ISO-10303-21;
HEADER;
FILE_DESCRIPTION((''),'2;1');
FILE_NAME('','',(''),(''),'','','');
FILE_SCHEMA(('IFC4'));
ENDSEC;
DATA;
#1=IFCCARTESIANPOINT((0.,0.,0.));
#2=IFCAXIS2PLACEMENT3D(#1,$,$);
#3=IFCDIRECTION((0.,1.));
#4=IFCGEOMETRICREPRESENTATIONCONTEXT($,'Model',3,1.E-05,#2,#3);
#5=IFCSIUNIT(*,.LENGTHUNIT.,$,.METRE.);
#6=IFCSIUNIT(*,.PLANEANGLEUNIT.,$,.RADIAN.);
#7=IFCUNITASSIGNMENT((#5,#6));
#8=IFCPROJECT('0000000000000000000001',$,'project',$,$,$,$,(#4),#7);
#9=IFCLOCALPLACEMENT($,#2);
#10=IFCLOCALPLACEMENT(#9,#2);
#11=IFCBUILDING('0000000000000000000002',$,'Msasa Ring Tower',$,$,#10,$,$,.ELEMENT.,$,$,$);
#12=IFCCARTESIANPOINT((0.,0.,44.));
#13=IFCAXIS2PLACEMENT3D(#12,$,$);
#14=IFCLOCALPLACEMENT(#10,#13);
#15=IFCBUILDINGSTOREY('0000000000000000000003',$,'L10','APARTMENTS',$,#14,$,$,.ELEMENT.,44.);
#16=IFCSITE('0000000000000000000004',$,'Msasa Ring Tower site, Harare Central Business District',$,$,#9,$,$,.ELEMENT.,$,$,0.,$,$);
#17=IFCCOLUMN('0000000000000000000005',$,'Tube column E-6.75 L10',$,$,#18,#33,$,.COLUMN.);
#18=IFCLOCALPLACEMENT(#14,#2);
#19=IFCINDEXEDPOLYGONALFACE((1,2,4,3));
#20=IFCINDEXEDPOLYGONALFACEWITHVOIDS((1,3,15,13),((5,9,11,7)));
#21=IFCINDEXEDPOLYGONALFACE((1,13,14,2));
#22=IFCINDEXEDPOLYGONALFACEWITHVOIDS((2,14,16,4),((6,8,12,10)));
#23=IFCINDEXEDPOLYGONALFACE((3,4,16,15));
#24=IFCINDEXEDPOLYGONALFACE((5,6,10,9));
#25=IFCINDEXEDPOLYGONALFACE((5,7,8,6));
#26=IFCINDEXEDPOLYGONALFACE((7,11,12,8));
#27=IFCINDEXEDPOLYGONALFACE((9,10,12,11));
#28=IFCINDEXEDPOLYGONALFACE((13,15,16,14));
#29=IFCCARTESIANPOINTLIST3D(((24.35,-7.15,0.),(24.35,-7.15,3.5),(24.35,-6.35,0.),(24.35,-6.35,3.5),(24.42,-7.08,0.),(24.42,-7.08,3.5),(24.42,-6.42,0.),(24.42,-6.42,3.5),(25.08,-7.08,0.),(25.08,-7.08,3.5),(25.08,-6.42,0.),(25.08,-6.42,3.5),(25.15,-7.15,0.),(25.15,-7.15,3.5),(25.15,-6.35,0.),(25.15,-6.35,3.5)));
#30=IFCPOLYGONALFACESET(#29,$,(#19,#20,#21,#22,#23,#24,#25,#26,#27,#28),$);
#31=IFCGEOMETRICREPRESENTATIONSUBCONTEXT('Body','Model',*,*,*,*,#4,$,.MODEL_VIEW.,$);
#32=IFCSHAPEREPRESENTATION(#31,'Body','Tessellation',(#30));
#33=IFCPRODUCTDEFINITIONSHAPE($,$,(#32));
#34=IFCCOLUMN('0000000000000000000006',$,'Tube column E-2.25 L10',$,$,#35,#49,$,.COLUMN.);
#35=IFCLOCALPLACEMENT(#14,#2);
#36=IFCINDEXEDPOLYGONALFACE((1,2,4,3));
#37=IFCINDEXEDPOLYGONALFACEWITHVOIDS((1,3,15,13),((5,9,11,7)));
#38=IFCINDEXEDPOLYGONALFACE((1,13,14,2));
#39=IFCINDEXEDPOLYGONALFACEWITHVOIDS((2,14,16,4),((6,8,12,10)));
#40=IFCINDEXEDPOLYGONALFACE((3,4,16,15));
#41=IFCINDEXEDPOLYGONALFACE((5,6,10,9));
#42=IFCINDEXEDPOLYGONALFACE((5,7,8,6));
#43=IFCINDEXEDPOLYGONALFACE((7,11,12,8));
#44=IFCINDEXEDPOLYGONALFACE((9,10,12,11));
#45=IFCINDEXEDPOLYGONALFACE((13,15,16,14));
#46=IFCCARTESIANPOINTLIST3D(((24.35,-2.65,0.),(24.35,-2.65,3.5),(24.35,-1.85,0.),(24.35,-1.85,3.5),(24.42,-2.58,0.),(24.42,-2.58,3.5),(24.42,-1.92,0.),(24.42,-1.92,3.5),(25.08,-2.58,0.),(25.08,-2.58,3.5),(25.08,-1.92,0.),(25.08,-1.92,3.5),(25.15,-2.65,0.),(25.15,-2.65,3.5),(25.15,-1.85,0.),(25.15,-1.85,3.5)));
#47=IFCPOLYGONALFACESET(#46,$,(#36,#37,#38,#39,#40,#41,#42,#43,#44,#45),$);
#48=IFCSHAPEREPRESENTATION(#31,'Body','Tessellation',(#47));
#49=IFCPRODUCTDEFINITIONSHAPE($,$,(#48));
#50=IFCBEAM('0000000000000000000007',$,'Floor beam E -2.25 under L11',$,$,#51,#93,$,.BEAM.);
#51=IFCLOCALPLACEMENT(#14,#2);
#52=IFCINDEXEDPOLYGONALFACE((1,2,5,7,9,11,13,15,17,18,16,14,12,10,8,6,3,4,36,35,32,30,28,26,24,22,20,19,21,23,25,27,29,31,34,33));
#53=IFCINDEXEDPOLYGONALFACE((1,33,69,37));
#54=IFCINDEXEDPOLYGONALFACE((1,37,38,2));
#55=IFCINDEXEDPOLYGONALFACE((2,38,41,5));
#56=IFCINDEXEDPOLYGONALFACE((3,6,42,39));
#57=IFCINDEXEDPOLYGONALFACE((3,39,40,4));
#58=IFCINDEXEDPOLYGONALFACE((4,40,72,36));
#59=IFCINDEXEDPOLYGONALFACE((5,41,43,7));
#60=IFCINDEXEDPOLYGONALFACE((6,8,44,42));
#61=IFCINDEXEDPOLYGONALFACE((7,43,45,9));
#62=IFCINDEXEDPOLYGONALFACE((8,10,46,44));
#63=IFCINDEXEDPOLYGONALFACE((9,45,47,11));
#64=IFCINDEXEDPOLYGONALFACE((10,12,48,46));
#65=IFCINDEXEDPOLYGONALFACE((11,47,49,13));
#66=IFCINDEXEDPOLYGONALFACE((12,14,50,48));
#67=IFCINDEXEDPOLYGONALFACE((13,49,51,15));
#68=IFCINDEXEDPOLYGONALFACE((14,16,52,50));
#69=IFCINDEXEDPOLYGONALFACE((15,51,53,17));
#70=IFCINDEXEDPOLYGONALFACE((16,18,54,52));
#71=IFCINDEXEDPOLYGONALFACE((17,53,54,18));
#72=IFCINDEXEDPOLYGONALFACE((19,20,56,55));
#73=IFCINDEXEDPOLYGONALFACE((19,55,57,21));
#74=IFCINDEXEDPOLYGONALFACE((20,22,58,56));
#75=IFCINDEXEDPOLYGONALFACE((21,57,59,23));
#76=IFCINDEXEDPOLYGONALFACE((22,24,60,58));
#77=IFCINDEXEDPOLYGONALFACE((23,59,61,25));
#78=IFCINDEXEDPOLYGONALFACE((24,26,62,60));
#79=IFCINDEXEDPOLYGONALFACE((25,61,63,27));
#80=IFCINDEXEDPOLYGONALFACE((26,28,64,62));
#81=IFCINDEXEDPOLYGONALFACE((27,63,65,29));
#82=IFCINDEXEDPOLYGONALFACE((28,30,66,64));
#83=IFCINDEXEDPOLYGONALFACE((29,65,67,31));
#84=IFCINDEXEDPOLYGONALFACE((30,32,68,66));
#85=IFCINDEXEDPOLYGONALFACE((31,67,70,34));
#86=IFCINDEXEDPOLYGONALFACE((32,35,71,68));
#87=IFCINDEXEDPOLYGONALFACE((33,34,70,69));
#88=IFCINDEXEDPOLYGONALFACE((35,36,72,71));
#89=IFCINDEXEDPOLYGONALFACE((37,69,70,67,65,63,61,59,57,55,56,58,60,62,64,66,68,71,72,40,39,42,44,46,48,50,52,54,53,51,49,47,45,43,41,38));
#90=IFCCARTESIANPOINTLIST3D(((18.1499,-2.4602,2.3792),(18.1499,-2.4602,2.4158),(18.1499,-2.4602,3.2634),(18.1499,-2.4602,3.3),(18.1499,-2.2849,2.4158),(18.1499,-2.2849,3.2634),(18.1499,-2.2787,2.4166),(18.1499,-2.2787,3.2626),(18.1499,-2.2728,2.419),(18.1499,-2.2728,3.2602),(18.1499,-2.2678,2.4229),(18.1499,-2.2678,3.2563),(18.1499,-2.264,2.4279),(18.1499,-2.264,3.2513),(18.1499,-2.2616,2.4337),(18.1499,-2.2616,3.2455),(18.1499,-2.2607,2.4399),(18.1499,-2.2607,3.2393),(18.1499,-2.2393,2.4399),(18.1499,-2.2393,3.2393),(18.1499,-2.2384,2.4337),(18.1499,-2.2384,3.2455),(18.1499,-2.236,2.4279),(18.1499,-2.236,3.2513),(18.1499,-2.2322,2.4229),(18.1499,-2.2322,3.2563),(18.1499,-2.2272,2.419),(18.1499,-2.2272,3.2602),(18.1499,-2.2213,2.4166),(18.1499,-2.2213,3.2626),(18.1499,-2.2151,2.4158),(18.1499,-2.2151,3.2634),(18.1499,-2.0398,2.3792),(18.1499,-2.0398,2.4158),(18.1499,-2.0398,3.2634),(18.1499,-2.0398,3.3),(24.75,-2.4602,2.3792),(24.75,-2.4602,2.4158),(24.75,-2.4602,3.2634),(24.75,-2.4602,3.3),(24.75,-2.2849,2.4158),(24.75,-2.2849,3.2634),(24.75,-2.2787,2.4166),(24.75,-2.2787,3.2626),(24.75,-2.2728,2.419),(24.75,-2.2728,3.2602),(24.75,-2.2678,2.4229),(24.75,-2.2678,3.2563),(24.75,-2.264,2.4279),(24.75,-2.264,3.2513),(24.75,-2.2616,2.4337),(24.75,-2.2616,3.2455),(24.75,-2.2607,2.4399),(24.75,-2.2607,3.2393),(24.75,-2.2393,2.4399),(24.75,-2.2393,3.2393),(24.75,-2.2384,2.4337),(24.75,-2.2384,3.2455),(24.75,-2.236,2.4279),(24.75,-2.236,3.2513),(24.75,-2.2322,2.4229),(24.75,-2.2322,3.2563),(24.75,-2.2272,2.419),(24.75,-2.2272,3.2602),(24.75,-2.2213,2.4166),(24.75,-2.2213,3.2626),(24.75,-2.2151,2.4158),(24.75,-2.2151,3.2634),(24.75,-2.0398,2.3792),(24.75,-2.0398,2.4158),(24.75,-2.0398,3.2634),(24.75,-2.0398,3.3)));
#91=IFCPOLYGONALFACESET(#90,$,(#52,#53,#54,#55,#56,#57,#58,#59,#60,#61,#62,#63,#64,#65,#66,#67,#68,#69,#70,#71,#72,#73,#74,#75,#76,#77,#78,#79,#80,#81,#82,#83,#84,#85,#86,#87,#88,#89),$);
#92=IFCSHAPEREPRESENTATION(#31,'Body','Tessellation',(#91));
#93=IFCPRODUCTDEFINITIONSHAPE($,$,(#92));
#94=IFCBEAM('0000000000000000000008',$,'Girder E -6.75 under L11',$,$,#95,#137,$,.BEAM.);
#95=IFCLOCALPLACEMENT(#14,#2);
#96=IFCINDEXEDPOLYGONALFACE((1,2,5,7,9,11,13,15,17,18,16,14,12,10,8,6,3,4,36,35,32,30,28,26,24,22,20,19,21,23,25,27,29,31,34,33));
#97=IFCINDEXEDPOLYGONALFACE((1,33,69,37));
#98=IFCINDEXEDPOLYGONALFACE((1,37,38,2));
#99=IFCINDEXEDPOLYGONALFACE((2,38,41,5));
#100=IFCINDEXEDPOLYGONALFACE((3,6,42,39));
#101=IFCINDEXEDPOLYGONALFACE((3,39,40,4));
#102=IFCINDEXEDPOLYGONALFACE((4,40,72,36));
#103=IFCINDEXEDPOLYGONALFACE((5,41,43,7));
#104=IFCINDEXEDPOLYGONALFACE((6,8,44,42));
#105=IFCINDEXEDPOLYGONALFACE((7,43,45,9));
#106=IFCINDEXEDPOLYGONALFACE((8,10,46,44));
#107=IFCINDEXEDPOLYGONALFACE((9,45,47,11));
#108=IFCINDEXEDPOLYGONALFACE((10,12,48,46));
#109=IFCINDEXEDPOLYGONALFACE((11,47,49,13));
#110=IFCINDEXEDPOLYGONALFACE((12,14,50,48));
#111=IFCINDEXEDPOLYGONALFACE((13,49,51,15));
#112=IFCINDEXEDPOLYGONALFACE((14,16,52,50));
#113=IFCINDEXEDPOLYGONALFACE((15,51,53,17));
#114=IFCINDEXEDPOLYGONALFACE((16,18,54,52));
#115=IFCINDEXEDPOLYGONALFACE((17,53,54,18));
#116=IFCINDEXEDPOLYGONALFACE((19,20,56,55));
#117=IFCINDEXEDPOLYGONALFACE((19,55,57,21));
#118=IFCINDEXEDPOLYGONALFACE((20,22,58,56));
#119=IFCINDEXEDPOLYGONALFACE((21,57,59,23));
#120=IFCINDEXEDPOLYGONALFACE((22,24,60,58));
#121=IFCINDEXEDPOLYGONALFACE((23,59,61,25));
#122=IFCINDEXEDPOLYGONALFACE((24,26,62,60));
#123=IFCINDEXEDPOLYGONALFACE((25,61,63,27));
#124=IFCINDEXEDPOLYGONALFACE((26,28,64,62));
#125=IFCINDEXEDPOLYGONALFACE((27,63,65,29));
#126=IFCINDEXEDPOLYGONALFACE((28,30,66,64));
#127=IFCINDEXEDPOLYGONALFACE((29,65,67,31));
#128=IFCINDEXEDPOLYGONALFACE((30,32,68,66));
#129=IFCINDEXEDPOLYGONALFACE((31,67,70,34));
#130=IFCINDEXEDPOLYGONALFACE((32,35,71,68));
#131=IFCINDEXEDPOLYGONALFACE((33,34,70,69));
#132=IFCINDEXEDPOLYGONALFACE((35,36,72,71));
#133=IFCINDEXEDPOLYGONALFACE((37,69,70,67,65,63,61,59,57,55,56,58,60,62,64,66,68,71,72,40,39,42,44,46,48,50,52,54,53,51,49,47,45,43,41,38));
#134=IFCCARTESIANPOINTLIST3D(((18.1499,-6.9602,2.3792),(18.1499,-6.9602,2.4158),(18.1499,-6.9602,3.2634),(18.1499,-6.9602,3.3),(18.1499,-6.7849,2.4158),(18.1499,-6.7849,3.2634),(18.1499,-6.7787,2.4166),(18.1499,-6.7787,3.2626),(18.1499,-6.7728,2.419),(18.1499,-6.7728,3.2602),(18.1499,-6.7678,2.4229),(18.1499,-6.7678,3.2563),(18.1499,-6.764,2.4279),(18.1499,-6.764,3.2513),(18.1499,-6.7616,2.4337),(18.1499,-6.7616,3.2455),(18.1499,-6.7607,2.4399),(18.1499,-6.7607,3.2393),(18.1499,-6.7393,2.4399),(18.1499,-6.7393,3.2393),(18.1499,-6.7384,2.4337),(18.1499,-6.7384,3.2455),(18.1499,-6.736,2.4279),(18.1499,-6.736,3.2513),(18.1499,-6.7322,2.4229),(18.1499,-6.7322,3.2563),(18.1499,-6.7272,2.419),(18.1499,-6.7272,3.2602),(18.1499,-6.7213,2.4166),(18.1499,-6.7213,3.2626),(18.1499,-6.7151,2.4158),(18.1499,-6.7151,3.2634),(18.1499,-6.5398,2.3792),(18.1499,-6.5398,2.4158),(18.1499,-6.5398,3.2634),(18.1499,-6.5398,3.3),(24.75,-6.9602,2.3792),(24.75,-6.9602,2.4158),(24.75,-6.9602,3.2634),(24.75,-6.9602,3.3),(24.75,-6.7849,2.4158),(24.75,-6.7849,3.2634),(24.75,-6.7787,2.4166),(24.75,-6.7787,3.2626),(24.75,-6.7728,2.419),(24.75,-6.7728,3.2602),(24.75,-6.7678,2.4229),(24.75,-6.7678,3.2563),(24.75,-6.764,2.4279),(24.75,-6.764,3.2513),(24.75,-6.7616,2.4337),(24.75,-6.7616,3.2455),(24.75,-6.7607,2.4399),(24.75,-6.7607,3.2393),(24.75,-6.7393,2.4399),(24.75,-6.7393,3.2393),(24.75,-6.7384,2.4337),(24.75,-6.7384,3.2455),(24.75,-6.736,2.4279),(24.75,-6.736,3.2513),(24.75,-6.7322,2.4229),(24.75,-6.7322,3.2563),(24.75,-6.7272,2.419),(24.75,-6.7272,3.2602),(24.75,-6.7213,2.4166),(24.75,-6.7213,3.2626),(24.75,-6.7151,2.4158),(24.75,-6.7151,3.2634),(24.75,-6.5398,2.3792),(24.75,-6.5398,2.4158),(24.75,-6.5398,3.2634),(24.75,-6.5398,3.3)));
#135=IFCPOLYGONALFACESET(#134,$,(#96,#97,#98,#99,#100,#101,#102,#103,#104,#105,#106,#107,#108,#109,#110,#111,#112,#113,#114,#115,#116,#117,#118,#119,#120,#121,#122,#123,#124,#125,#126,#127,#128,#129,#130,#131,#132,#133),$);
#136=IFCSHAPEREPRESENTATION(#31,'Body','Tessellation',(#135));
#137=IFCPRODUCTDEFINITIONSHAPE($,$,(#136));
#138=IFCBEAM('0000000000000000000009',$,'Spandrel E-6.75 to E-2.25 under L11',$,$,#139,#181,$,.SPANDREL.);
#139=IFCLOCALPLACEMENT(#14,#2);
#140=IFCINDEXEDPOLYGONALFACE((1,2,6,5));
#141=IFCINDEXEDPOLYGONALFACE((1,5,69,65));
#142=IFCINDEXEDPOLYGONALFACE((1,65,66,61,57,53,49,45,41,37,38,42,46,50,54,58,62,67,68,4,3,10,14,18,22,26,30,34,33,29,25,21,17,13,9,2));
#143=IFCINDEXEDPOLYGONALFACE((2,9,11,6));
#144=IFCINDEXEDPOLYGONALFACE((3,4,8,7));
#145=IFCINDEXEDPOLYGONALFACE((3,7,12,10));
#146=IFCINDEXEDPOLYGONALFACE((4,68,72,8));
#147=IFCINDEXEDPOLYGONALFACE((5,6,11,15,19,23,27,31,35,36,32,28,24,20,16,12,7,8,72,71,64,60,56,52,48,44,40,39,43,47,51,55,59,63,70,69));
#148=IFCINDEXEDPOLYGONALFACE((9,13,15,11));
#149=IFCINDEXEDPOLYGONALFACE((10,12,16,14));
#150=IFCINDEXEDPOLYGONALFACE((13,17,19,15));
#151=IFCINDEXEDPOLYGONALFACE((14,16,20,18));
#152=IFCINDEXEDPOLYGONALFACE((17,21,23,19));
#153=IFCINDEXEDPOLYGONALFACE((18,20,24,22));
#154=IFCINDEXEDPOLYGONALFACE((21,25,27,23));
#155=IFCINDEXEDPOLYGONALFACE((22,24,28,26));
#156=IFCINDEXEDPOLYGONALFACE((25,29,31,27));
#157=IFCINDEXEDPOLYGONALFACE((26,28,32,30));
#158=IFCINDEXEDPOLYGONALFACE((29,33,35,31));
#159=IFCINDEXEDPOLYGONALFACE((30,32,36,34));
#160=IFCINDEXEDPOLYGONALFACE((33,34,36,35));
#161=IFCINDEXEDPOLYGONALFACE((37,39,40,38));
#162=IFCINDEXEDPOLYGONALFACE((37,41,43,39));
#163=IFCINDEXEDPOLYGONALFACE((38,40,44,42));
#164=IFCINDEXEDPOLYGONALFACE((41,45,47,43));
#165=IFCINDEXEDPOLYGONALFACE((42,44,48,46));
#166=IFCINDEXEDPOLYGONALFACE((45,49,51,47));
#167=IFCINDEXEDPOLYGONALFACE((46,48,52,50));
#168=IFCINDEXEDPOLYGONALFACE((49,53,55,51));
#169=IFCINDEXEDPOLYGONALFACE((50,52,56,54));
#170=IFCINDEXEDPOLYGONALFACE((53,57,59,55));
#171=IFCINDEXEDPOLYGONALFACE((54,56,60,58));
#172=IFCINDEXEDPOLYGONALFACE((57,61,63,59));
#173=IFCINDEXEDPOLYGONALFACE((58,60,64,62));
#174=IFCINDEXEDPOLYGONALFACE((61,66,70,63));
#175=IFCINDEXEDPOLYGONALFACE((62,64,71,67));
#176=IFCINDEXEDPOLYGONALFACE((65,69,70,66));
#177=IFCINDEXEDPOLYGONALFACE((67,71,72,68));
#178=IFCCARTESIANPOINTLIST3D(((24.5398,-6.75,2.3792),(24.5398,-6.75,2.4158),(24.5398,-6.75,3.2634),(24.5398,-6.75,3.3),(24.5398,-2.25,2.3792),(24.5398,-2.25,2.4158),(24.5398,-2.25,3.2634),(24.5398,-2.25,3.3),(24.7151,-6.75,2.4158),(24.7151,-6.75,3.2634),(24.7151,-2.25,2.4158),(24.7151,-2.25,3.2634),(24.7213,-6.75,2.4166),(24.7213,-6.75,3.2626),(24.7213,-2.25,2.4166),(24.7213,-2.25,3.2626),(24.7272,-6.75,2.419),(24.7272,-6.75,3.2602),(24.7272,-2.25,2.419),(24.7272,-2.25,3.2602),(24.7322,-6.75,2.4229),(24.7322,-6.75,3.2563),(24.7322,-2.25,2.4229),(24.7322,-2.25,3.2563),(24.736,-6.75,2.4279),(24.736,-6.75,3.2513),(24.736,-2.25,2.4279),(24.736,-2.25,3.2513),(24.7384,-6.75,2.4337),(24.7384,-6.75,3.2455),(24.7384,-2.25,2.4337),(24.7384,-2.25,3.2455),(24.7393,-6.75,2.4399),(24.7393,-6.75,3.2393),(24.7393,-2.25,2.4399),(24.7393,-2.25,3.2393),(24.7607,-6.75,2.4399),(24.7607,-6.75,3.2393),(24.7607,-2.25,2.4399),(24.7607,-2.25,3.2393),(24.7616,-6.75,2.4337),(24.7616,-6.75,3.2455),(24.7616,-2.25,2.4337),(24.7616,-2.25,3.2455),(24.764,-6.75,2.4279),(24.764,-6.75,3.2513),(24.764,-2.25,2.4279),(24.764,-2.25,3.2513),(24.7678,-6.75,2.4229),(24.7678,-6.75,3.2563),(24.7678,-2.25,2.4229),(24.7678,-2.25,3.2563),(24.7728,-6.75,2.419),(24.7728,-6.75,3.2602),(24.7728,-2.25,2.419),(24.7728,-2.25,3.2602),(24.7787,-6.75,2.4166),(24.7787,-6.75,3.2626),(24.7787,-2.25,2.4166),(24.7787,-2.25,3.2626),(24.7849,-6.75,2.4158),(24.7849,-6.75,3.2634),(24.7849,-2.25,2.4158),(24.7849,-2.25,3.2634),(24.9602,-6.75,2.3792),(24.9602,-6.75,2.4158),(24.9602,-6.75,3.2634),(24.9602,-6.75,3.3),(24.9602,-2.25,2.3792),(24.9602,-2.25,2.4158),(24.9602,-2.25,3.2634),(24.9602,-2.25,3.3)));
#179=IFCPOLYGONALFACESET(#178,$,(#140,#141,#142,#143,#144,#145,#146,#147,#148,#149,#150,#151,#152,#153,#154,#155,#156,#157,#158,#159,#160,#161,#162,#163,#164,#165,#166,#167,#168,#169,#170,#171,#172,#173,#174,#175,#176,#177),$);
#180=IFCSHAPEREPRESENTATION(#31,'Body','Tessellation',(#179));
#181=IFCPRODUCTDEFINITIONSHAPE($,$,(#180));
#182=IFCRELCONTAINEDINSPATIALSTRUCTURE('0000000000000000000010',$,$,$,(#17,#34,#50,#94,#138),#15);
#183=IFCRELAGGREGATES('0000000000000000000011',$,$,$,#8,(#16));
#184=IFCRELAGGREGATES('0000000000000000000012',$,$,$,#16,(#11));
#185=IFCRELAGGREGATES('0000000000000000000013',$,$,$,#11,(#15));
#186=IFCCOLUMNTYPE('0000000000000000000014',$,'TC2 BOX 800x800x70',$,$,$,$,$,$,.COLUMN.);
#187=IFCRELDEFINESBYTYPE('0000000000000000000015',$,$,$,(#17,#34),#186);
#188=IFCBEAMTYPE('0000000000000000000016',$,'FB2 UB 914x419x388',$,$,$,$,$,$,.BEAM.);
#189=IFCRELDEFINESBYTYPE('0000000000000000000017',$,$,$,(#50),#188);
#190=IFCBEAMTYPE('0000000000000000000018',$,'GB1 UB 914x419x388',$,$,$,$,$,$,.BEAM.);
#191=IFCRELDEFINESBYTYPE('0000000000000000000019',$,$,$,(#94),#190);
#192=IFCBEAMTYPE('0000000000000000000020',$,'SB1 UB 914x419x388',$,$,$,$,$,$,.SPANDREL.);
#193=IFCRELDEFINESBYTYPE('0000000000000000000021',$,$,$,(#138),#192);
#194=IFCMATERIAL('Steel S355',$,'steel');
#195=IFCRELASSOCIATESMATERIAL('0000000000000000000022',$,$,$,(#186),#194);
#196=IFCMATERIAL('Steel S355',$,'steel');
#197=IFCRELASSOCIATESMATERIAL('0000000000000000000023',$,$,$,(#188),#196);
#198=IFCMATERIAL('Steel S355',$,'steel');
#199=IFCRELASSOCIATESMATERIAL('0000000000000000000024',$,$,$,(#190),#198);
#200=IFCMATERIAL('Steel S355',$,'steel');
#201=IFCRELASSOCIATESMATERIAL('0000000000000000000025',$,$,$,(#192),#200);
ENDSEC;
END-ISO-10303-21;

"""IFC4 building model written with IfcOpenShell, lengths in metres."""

from ifc_helpers import new_model, si_unit, direction, frame, origin, origin_2d, place, context, subcontext, project, spatial, hollow_rectangle, i_section, extrude, material, material_profile, profile_set, type_object, element, save


model = new_model("IFC4")

# Units and contexts
model_context = context("Model", 3, precision=1e-05, world=origin(), true_north=direction((0.0, 1.0)))
body_context = subcontext(model_context, "Body", "Model", "MODEL_VIEW")
ifc_project = project(units=[si_unit("LENGTHUNIT", "METRE"), si_unit("PLANEANGLEUNIT", "RADIAN")], contexts=[model_context])

# Site, building, storey
site_placement = place(None, origin())
site = spatial("IfcSite", under=ifc_project, at=site_placement, Name="Msasa Ring Tower site, Harare Central Business District", CompositionType="ELEMENT", RefElevation=0.0)
building_placement = place(site_placement, origin())
building = spatial("IfcBuilding", under=site, at=building_placement, Name="Msasa Ring Tower", CompositionType="ELEMENT")
storey_placement = place(building_placement, frame((0.0, 0.0, 44.0)))
storey = spatial("IfcBuildingStorey", under=building, at=storey_placement, Name="L10", Description="APARTMENTS", CompositionType="ELEMENT", Elevation=44.0)

# Columns
ifc_material_1 = material(Name="Steel S355", Category="steel")
ifc_material_profile_1 = material_profile(ifc_material_1, hollow_rectangle(XDim=0.8, YDim=0.8, WallThickness=0.0701, at=origin_2d()), Name="BOX 800x800x70")
ifc_profile_set_1 = profile_set([ifc_material_profile_1], Name="Steel S355")
column_type = type_object("IfcColumnType", Name="TC2 BOX 800x800x70", PredefinedType="COLUMN", material=ifc_profile_set_1)
for number, where, z_axis, x_axis, name in (
    (1, (24.75, -6.75, 0.0), (0.0, 0.0, 1.0), (1.0, 0.0, 0.0), "Tube column E-6.75 L10"),
    (2, (24.75, -2.25, 0.0), (0.0, 0.0, 1.0), (1.0, 0.0, 0.0), "Tube column E-2.25 L10"),
):
    element("IfcColumn", number, at=place(storey_placement, frame(where, z_axis=z_axis, x_axis=x_axis)), inside=storey, type_object=column_type, Name=name, PredefinedType="COLUMN", context=body_context, shape_type="SweptSolid", body=[
        extrude(hollow_rectangle(XDim=0.8, YDim=0.8, WallThickness=0.0701, at=origin_2d()), origin(), (0.0, 0.0, 1.0), 3.5),
    ])

# Beams
ifc_material_2 = material(Name="Steel S355", Category="steel")
ifc_material_profile_2 = material_profile(ifc_material_2, i_section(OverallWidth=0.4204, OverallDepth=0.9209, WebThickness=0.0215, FlangeThickness=0.0366, FilletRadius=0.0242, at=origin_2d()), Name="UB 914x419x388")
ifc_profile_set_2 = profile_set([ifc_material_profile_2], Name="Steel S355")
beam_type_1 = type_object("IfcBeamType", Name="FB2 UB 914x419x388", PredefinedType="BEAM", material=ifc_profile_set_2)
beam_1_placement = place(storey_placement, frame((24.75, -2.25, 2.8396), z_axis=(-1.0, 0.0, 0.0), x_axis=(0.0, -1.0, 0.0)))
element("IfcBeam", 3, at=beam_1_placement, inside=storey, type_object=beam_type_1, Name="Floor beam E -2.25 under L11", PredefinedType="BEAM", context=body_context, shape_type="SweptSolid", body=[
    extrude(i_section(OverallWidth=0.4204, OverallDepth=0.9209, WebThickness=0.0215, FlangeThickness=0.0366, FilletRadius=0.0242, at=origin_2d()), origin(), (0.0, 0.0, 1.0), 6.6001),
])
ifc_material_3 = material(Name="Steel S355", Category="steel")
ifc_material_profile_3 = material_profile(ifc_material_3, i_section(OverallWidth=0.4204, OverallDepth=0.9209, WebThickness=0.0215, FlangeThickness=0.0366, FilletRadius=0.0242, at=origin_2d()), Name="UB 914x419x388")
ifc_profile_set_3 = profile_set([ifc_material_profile_3], Name="Steel S355")
beam_type_2 = type_object("IfcBeamType", Name="GB1 UB 914x419x388", PredefinedType="BEAM", material=ifc_profile_set_3)
beam_2_placement = place(storey_placement, frame((18.1499, -6.75, 2.8396), z_axis=(1.0, 0.0, 0.0), x_axis=(0.0, 1.0, 0.0)))
element("IfcBeam", 4, at=beam_2_placement, inside=storey, type_object=beam_type_2, Name="Girder E -6.75 under L11", PredefinedType="BEAM", context=body_context, shape_type="SweptSolid", body=[
    extrude(i_section(OverallWidth=0.4204, OverallDepth=0.9209, WebThickness=0.0215, FlangeThickness=0.0366, FilletRadius=0.0242, at=origin_2d()), origin(), (0.0, 0.0, 1.0), 6.6001),
])
ifc_material_4 = material(Name="Steel S355", Category="steel")
ifc_material_profile_4 = material_profile(ifc_material_4, i_section(OverallWidth=0.4204, OverallDepth=0.9209, WebThickness=0.0215, FlangeThickness=0.0366, FilletRadius=0.0242, at=origin_2d()), Name="UB 914x419x388")
ifc_profile_set_4 = profile_set([ifc_material_profile_4], Name="Steel S355")
beam_type_3 = type_object("IfcBeamType", Name="SB1 UB 914x419x388", PredefinedType="SPANDREL", material=ifc_profile_set_4)
for number, where, z_axis, x_axis, name in (
    (5, (24.75, -6.75, 2.8396), (0.0, 1.0, 0.0), (-1.0, 0.0, 0.0), "Spandrel E-6.75 to E-2.25 under L11"),
):
    element("IfcBeam", number, at=place(storey_placement, frame(where, z_axis=z_axis, x_axis=x_axis)), inside=storey, type_object=beam_type_3, Name=name, PredefinedType="SPANDREL", context=body_context, shape_type="SweptSolid", body=[
        extrude(i_section(OverallWidth=0.4204, OverallDepth=0.9209, WebThickness=0.0215, FlangeThickness=0.0366, FilletRadius=0.0242, at=origin_2d()), origin(), (0.0, 0.0, 1.0), 4.5),
    ])

save(model, "model.ifc")
